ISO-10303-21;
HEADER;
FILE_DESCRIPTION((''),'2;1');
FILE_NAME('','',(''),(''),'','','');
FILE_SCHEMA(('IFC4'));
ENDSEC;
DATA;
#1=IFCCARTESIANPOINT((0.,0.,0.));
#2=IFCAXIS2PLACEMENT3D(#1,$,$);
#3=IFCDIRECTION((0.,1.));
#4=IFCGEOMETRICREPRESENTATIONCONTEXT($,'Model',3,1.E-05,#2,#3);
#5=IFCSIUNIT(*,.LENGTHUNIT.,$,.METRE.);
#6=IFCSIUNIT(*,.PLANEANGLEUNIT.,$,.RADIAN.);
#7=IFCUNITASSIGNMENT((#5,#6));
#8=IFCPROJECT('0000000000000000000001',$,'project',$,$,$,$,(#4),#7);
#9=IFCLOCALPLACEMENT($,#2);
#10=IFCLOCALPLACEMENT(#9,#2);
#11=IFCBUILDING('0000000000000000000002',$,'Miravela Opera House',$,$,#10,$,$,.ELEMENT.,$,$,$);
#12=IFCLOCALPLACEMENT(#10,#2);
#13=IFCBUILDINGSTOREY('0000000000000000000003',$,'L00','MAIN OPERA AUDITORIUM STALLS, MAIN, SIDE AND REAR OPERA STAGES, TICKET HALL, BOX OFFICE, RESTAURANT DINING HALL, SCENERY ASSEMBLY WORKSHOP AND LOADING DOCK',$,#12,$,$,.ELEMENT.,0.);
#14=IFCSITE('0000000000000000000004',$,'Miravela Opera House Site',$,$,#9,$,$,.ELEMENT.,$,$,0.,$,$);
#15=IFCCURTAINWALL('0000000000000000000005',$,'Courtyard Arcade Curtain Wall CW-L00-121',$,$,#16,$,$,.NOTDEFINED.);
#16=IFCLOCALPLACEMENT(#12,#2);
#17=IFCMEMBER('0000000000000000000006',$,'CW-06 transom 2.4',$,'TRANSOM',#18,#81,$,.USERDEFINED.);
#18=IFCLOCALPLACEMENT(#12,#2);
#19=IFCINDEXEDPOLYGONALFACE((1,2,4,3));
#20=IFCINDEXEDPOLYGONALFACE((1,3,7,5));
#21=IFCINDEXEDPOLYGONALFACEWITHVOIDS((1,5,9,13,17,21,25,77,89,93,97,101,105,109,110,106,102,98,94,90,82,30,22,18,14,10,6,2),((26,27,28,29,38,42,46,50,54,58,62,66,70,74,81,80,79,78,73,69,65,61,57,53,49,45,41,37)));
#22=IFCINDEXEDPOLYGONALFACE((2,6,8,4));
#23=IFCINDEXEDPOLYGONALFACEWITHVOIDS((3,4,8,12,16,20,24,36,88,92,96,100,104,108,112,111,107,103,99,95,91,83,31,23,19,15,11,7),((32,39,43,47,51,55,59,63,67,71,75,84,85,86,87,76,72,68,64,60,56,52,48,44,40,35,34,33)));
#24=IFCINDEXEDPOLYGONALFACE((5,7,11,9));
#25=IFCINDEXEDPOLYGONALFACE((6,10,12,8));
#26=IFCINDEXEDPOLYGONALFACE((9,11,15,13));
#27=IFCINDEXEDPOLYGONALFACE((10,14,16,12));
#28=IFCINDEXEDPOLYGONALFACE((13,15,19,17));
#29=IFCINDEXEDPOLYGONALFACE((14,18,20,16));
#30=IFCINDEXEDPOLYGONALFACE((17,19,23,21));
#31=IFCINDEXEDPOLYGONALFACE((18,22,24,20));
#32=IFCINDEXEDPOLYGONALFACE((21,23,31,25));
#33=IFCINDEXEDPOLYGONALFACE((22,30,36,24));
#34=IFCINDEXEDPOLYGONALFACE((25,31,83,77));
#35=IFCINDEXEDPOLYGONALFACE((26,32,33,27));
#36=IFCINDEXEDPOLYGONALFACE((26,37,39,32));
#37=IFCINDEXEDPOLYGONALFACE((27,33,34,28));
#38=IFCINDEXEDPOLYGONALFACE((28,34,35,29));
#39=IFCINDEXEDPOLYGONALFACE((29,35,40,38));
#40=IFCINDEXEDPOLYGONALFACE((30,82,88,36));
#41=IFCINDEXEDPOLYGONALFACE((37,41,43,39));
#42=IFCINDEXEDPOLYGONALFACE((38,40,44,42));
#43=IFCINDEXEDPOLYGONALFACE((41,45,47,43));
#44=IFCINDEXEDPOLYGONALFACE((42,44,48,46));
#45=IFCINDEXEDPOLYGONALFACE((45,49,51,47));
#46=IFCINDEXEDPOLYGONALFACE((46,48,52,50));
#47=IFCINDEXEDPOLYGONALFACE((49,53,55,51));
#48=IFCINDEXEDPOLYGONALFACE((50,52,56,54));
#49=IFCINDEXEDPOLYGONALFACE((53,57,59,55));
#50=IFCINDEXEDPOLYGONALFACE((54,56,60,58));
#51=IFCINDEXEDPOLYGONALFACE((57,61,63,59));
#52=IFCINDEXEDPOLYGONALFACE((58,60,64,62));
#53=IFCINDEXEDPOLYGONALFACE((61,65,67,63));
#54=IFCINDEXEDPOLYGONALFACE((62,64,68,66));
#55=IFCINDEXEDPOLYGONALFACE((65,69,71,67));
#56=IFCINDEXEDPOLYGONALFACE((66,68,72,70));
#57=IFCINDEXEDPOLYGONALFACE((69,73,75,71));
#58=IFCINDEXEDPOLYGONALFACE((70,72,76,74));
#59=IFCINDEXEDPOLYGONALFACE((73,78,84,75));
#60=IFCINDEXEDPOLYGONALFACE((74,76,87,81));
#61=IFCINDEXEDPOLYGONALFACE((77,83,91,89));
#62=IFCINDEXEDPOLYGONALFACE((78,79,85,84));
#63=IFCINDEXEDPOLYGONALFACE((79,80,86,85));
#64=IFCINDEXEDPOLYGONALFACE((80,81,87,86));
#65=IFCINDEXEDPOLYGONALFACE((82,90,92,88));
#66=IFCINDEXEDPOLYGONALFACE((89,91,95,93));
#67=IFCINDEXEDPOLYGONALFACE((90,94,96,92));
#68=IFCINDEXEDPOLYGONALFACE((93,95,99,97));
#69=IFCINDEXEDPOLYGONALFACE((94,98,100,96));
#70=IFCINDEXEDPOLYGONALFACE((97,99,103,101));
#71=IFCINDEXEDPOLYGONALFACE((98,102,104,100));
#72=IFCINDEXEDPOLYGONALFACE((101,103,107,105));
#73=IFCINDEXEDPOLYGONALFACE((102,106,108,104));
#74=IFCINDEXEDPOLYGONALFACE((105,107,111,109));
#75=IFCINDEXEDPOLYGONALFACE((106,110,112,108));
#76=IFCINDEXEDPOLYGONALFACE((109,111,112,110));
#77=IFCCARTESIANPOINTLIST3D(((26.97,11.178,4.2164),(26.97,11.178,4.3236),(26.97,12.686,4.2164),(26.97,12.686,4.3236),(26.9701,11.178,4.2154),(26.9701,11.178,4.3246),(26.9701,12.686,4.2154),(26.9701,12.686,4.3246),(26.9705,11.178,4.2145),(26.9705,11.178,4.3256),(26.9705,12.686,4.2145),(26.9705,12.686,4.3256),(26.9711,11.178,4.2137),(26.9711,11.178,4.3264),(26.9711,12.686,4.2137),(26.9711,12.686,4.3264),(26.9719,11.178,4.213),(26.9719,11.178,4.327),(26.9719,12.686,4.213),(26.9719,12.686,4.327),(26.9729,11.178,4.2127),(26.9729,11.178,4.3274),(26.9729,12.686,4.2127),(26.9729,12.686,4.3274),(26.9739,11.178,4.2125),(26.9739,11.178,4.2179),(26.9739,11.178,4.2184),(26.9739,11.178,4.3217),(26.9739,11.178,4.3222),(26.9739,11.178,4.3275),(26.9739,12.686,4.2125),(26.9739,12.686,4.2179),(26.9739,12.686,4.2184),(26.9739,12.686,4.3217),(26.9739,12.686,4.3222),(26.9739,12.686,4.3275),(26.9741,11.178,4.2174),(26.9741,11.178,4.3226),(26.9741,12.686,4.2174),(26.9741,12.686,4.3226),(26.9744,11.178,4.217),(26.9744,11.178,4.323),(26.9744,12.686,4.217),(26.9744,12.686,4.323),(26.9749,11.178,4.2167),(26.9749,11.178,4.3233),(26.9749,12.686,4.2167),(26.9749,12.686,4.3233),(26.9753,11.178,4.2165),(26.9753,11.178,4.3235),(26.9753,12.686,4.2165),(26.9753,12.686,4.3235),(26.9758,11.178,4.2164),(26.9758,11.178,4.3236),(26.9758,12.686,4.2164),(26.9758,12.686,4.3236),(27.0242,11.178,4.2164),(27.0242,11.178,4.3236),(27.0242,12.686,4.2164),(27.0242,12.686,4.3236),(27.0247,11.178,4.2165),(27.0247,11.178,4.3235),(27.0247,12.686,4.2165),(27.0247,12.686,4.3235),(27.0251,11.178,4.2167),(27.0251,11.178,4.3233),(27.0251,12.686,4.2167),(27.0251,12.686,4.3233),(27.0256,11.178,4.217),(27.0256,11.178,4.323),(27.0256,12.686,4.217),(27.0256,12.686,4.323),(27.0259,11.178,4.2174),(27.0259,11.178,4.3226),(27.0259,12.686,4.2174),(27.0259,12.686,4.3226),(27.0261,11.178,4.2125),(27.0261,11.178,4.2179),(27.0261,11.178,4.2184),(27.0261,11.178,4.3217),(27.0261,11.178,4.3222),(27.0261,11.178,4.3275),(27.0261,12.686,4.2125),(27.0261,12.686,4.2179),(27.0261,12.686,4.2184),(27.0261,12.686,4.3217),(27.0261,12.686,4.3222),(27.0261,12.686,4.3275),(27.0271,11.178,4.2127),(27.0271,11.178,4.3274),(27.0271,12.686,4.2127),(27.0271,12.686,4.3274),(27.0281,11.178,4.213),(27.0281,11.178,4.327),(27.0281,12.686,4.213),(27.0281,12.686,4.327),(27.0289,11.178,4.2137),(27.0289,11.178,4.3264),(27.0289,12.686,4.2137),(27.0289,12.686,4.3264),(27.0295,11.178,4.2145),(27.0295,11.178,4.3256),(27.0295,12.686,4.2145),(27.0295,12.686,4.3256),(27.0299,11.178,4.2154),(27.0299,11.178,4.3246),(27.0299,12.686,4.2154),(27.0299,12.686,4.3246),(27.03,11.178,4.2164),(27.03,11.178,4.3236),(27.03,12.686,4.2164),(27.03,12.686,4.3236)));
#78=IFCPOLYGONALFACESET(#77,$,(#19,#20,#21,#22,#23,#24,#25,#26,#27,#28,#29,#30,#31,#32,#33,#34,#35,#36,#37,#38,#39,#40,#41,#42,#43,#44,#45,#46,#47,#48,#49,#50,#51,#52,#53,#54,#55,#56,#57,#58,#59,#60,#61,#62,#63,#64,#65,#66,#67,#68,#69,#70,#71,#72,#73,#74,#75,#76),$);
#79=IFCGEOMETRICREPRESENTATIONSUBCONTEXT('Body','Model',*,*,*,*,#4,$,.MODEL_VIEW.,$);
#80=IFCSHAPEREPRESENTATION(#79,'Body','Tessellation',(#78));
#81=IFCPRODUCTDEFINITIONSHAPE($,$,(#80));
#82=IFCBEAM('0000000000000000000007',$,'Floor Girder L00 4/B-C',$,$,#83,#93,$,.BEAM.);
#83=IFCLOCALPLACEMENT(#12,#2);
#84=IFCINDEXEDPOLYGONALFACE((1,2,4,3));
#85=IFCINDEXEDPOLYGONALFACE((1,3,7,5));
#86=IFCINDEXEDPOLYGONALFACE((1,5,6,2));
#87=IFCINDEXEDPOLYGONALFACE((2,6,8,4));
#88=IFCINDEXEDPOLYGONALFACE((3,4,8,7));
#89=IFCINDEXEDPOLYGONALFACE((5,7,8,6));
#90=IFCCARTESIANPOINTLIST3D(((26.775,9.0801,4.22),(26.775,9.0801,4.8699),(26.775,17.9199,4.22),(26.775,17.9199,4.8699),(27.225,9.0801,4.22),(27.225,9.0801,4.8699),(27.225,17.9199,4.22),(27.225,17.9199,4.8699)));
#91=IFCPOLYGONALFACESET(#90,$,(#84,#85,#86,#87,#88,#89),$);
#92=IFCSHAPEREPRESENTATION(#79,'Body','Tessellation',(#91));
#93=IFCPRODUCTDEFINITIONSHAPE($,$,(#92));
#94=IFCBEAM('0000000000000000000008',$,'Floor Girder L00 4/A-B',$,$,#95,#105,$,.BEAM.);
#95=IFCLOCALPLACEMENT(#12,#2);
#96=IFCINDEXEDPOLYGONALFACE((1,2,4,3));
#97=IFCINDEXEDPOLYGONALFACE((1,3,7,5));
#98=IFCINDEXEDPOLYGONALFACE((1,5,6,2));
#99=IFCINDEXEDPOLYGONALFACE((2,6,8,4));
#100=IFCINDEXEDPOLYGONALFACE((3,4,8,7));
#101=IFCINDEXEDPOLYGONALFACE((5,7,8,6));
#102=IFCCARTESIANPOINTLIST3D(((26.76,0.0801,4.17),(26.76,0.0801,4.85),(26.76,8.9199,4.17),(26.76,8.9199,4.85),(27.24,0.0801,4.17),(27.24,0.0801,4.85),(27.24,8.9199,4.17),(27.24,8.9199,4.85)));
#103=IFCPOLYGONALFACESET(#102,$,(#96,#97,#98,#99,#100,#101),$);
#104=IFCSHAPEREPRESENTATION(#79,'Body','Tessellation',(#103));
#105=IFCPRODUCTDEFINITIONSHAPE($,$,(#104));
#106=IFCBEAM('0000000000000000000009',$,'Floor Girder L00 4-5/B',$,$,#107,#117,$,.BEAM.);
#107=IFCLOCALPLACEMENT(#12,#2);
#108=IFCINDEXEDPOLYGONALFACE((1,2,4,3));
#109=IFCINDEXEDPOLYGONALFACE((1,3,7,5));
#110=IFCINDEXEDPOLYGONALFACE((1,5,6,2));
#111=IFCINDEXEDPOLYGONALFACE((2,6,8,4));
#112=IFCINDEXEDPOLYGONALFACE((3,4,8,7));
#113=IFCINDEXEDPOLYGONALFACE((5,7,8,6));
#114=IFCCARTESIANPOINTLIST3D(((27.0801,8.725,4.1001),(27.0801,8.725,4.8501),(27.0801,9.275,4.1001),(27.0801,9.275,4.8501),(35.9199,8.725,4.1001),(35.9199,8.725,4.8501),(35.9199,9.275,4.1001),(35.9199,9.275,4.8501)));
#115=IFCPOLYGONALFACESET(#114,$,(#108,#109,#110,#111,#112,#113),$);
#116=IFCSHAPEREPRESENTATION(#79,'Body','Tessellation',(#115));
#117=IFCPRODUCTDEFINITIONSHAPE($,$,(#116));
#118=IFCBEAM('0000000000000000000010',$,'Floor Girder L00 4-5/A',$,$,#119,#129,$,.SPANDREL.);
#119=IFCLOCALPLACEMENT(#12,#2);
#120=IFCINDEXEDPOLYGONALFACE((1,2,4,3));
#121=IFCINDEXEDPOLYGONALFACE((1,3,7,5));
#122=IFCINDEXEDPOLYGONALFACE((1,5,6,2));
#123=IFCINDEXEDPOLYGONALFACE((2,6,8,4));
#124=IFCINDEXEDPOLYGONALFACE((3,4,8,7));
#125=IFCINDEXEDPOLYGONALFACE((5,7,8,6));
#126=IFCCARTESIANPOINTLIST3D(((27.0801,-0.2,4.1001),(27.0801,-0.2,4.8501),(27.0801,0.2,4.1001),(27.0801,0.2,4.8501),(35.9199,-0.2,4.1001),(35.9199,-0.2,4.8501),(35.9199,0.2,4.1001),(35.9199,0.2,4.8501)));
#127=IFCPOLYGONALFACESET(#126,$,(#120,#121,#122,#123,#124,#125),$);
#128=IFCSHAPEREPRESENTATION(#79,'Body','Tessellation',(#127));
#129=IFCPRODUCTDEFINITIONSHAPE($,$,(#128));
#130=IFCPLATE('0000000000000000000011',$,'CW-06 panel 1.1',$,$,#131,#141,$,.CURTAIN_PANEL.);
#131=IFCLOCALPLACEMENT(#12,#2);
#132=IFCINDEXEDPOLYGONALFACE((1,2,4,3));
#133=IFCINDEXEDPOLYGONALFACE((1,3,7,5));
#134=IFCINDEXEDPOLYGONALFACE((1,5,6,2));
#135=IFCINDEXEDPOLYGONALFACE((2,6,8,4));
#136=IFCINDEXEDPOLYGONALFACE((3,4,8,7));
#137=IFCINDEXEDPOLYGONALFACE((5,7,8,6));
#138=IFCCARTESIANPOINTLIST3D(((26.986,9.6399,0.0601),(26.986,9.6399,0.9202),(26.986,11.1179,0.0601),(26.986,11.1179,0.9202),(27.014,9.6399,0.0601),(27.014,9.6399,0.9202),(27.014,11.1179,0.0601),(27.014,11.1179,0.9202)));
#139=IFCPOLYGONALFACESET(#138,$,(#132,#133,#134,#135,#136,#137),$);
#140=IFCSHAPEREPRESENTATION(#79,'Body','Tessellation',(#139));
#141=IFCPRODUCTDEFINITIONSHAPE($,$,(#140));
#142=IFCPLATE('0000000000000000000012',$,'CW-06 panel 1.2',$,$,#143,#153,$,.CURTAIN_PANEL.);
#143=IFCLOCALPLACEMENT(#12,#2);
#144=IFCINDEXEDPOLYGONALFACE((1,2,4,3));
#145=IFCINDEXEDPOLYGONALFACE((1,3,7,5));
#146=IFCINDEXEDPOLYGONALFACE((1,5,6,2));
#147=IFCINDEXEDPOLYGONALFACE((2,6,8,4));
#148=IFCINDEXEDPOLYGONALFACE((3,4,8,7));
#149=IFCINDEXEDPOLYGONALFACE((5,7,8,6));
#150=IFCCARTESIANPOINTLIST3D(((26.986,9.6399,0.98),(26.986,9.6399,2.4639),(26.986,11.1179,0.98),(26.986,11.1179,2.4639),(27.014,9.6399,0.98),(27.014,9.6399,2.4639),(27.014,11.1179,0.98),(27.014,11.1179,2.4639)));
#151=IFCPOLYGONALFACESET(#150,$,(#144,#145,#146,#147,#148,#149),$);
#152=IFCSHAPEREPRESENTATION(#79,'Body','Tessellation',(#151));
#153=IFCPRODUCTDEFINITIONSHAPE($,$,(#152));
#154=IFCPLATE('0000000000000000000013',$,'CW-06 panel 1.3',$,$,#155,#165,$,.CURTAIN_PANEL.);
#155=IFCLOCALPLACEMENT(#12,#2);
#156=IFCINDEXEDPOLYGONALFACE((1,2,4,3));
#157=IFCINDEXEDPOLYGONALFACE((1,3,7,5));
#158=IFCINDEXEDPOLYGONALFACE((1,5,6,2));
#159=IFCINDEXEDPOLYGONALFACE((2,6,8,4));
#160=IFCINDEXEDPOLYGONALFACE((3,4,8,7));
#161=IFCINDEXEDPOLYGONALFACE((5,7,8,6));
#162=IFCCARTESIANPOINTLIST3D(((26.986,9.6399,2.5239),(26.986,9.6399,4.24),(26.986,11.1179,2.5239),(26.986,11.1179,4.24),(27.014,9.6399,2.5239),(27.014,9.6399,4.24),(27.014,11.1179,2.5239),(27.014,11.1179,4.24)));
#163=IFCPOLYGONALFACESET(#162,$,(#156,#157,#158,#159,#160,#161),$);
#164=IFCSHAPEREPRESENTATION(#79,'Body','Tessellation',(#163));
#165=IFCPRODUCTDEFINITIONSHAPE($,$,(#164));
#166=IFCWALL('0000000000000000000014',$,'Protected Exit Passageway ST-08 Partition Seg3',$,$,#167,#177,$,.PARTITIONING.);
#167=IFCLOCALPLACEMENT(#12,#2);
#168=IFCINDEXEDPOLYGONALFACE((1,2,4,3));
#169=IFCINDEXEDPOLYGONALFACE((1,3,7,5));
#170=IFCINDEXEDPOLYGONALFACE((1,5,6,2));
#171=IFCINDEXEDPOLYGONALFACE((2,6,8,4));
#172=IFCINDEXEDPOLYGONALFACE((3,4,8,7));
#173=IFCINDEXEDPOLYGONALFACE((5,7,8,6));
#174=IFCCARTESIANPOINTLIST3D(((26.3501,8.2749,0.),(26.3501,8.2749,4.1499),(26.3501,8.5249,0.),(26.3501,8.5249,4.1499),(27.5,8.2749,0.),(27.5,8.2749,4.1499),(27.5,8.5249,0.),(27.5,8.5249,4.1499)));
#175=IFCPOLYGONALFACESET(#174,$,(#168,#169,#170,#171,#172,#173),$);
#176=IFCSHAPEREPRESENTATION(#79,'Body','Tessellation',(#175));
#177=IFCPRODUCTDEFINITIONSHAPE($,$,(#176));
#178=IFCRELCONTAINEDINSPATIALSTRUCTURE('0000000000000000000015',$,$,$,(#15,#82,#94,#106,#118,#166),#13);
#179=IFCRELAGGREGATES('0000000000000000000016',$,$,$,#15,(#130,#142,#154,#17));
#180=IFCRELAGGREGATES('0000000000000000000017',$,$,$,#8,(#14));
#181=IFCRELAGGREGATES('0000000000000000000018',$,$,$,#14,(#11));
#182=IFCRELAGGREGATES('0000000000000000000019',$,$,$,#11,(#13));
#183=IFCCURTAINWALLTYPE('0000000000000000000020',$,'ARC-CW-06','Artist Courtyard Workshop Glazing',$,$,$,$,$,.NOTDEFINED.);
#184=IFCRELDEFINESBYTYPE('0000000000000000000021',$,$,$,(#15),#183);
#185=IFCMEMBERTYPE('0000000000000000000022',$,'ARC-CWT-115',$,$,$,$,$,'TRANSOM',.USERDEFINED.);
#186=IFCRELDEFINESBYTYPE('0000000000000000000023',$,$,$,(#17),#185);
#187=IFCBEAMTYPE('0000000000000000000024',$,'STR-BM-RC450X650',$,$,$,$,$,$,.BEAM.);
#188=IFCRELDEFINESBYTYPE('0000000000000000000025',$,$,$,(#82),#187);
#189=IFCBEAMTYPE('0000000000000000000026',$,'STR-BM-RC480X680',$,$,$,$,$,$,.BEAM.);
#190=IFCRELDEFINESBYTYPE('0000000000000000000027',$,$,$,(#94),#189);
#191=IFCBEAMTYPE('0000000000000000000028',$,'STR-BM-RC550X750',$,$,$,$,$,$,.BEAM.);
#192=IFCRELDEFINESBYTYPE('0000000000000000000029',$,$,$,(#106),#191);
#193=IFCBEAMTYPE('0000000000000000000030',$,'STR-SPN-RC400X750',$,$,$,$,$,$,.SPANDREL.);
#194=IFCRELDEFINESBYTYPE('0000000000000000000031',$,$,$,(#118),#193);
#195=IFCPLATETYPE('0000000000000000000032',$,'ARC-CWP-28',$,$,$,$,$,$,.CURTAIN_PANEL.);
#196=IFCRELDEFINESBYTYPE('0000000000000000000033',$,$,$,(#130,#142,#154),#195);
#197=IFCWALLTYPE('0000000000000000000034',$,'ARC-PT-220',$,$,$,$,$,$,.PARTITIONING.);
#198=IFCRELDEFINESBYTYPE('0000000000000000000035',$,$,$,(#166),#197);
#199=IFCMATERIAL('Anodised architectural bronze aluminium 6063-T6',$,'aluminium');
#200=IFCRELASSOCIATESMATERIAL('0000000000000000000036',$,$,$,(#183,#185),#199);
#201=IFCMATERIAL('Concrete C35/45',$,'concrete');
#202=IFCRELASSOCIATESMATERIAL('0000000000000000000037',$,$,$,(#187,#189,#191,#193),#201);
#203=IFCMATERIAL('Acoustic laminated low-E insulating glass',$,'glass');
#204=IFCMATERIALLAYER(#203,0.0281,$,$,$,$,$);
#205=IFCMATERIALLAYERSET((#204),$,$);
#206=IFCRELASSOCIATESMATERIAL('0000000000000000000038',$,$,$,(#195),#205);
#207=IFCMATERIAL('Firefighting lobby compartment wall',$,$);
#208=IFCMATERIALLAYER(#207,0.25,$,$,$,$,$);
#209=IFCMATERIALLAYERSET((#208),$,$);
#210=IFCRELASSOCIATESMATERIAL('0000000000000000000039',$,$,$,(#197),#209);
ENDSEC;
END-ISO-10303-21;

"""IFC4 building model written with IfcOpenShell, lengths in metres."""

from ifc_helpers import new_model, si_unit, direction, frame, frame_2d, origin, origin_2d, place, context, subcontext, project, spatial, rectangle, hollow_rectangle, extrude, material, layer, layer_set, material_profile, profile_set, type_object, element, aggregate, save


model = new_model("IFC4")

# Units and contexts
model_context = context("Model", 3, precision=1e-05, world=origin(), true_north=direction((0.0, 1.0)))
body_context = subcontext(model_context, "Body", "Model", "MODEL_VIEW")
ifc_project = project(units=[si_unit("LENGTHUNIT", "METRE"), si_unit("PLANEANGLEUNIT", "RADIAN")], contexts=[model_context])

# Site, building, storey
site_placement = place(None, origin())
site = spatial("IfcSite", under=ifc_project, at=site_placement, Name="Miravela Opera House Site", CompositionType="ELEMENT", RefElevation=0.0)
building_placement = place(site_placement, origin())
building = spatial("IfcBuilding", under=site, at=building_placement, Name="Miravela Opera House", CompositionType="ELEMENT")
storey_placement = place(building_placement, origin())
storey = spatial("IfcBuildingStorey", under=building, at=storey_placement, Name="L00", Description="MAIN OPERA AUDITORIUM STALLS, MAIN, SIDE AND REAR OPERA STAGES, TICKET HALL, BOX OFFICE, RESTAURANT DINING HALL, SCENERY ASSEMBLY WORKSHOP AND LOADING DOCK", CompositionType="ELEMENT", Elevation=0.0)

# Shared definitions
ifc_material_1 = material(Name="Concrete C35/45", Category="concrete")

# Shared definitions
ifc_material_2 = material(Name="Anodised architectural bronze aluminium 6063-T6", Category="aluminium")
curtain_wall_type = type_object("IfcCurtainWallType", Name="ARC-CW-06", Description="Artist Courtyard Workshop Glazing", PredefinedType="NOTDEFINED", material=ifc_material_2)

# Curtain wall, member
curtain_wall_1_placement = place(storey_placement, origin())
curtain_wall_1 = element("IfcCurtainWall", 1, at=curtain_wall_1_placement, inside=storey, type_object=curtain_wall_type, Name="Courtyard Arcade Curtain Wall CW-L00-121", PredefinedType="NOTDEFINED")
ifc_material_profile_1 = material_profile(ifc_material_2, hollow_rectangle(XDim=0.0601, YDim=0.115, WallThickness=0.0039, InnerFilletRadius=0.002, OuterFilletRadius=0.0039, at=origin_2d()), Name="CWT-60X115")
ifc_profile_set_1 = profile_set([ifc_material_profile_1])
member_type_1 = type_object("IfcMemberType", Name="ARC-CWT-115", ElementType="TRANSOM", PredefinedType="USERDEFINED", material=ifc_profile_set_1)
member_1_placement = place(storey_placement, frame((27.0, 11.178, 4.27), z_axis=(0.0, 1.0, 0.0), x_axis=(-1.0, 0.0, 0.0)))
member_1 = element("IfcMember", 2, at=member_1_placement, type_object=member_type_1, Name="CW-06 transom 2.4", ObjectType="TRANSOM", PredefinedType="USERDEFINED", context=body_context, shape_type="SweptSolid", body=[
    extrude(hollow_rectangle(XDim=0.0601, YDim=0.115, WallThickness=0.0039, InnerFilletRadius=0.002, OuterFilletRadius=0.0039, at=origin_2d()), origin(), (0.0, 0.0, 1.0), 1.5081),
])

# Beams
ifc_material_profile_2 = material_profile(ifc_material_1, rectangle(XDim=0.45, YDim=0.6499, at=origin_2d()), Name="RC-BM-450X650")
ifc_profile_set_2 = profile_set([ifc_material_profile_2])
beam_type_1 = type_object("IfcBeamType", Name="STR-BM-RC450X650", PredefinedType="BEAM", material=ifc_profile_set_2)
beam_1_placement = place(storey_placement, frame((27.0, 9.0801, 4.5449), z_axis=(0.0, 1.0, 0.0), x_axis=(-1.0, 0.0, 0.0)))
element("IfcBeam", 3, at=beam_1_placement, inside=storey, type_object=beam_type_1, Name="Floor Girder L00 4/B-C", PredefinedType="BEAM", context=body_context, shape_type="SweptSolid", body=[
    extrude(rectangle(XDim=0.45, YDim=0.6499, at=origin_2d()), origin(), (0.0, 0.0, 1.0), 8.8398),
])
ifc_material_profile_3 = material_profile(ifc_material_1, rectangle(XDim=0.48, YDim=0.6799, at=origin_2d()), Name="RC-BM-480X680")
ifc_profile_set_3 = profile_set([ifc_material_profile_3])
beam_type_2 = type_object("IfcBeamType", Name="STR-BM-RC480X680", PredefinedType="BEAM", material=ifc_profile_set_3)
beam_2_placement = place(storey_placement, frame((27.0, 0.0801, 4.51), z_axis=(0.0, 1.0, 0.0), x_axis=(-1.0, 0.0, 0.0)))
element("IfcBeam", 4, at=beam_2_placement, inside=storey, type_object=beam_type_2, Name="Floor Girder L00 4/A-B", PredefinedType="BEAM", context=body_context, shape_type="SweptSolid", body=[
    extrude(rectangle(XDim=0.48, YDim=0.6799, at=origin_2d()), origin(), (0.0, 0.0, 1.0), 8.8398),
])
ifc_material_profile_4 = material_profile(ifc_material_1, rectangle(XDim=0.55, YDim=0.75, at=origin_2d()), Name="RC-BM-550X750")
ifc_profile_set_4 = profile_set([ifc_material_profile_4])
beam_type_3 = type_object("IfcBeamType", Name="STR-BM-RC550X750", PredefinedType="BEAM", material=ifc_profile_set_4)
beam_3_placement = place(storey_placement, frame((27.0801, 9.0, 4.4751), z_axis=(1.0, 0.0, 0.0), x_axis=(0.0, 1.0, 0.0)))
element("IfcBeam", 5, at=beam_3_placement, inside=storey, type_object=beam_type_3, Name="Floor Girder L00 4-5/B", PredefinedType="BEAM", context=body_context, shape_type="SweptSolid", body=[
    extrude(rectangle(XDim=0.55, YDim=0.75, at=origin_2d()), origin(), (0.0, 0.0, 1.0), 8.8398),
])
ifc_material_profile_5 = material_profile(ifc_material_1, rectangle(XDim=0.3999, YDim=0.75, at=origin_2d()), Name="RC-SPN-400X750")
ifc_profile_set_5 = profile_set([ifc_material_profile_5])
beam_type_4 = type_object("IfcBeamType", Name="STR-SPN-RC400X750", PredefinedType="SPANDREL", material=ifc_profile_set_5)
beam_4_placement = place(storey_placement, frame((27.0801, 0.0, 4.4751), z_axis=(1.0, 0.0, 0.0), x_axis=(0.0, 1.0, 0.0)))
element("IfcBeam", 6, at=beam_4_placement, inside=storey, type_object=beam_type_4, Name="Floor Girder L00 4-5/A", PredefinedType="SPANDREL", context=body_context, shape_type="SweptSolid", body=[
    extrude(rectangle(XDim=0.3999, YDim=0.75, at=origin_2d()), origin(), (0.0, 0.0, 1.0), 8.8398),
])

# Plates
ifc_material_3 = material(Name="Acoustic laminated low-E insulating glass", Category="glass")
ifc_layer_1 = layer(ifc_material_3, 0.0281)
ifc_layer_set_1 = layer_set([ifc_layer_1])
plate_type = type_object("IfcPlateType", Name="ARC-CWP-28", PredefinedType="CURTAIN_PANEL", material=ifc_layer_set_1)
plate_1_placement = place(storey_placement, frame((27.0, 10.3789, 0.0601), z_axis=(0.0, 0.0, 1.0), x_axis=(0.0, 1.0, 0.0)))
plate_1 = element("IfcPlate", 7, at=plate_1_placement, type_object=plate_type, Name="CW-06 panel 1.1", PredefinedType="CURTAIN_PANEL", context=body_context, shape_type="SweptSolid", body=[
    extrude(rectangle(XDim=1.478, YDim=0.0281, at=origin_2d()), origin(), (0.0, 0.0, 1.0), 0.8601),
])
plate_2_placement = place(storey_placement, frame((27.0, 10.3789, 0.98), z_axis=(0.0, 0.0, 1.0), x_axis=(0.0, 1.0, 0.0)))
plate_2 = element("IfcPlate", 8, at=plate_2_placement, type_object=plate_type, Name="CW-06 panel 1.2", PredefinedType="CURTAIN_PANEL", context=body_context, shape_type="SweptSolid", body=[
    extrude(rectangle(XDim=1.478, YDim=0.0281, at=origin_2d()), origin(), (0.0, 0.0, 1.0), 1.4839),
])
plate_3_placement = place(storey_placement, frame((27.0, 10.3789, 2.5239), z_axis=(0.0, 0.0, 1.0), x_axis=(0.0, 1.0, 0.0)))
plate_3 = element("IfcPlate", 9, at=plate_3_placement, type_object=plate_type, Name="CW-06 panel 1.3", PredefinedType="CURTAIN_PANEL", context=body_context, shape_type="SweptSolid", body=[
    extrude(rectangle(XDim=1.478, YDim=0.0281, at=origin_2d()), origin(), (0.0, 0.0, 1.0), 1.7161),
])
aggregate(curtain_wall_1, [plate_1, plate_2, plate_3, member_1])

# Wall
ifc_material_4 = material(Name="Firefighting lobby compartment wall")
ifc_layer_2 = layer(ifc_material_4, 0.25)
ifc_layer_set_2 = layer_set([ifc_layer_2])
wall_type_1 = type_object("IfcWallType", Name="ARC-PT-220", PredefinedType="PARTITIONING", material=ifc_layer_set_2)
wall_1_placement = place(storey_placement, frame((27.5, 8.3999, 0.0), z_axis=(0.0, 0.0, 1.0), x_axis=(-1.0, 0.0, 0.0)))
element("IfcWall", 10, at=wall_1_placement, inside=storey, type_object=wall_type_1, Name="Protected Exit Passageway ST-08 Partition Seg3", PredefinedType="PARTITIONING", context=body_context, shape_type="SweptSolid", body=[
    extrude(rectangle(XDim=1.1499, YDim=0.25, at=frame_2d((0.575, 0.0))), origin(), (0.0, 0.0, 1.0), 4.1499),
])

save(model, "model.ifc")
